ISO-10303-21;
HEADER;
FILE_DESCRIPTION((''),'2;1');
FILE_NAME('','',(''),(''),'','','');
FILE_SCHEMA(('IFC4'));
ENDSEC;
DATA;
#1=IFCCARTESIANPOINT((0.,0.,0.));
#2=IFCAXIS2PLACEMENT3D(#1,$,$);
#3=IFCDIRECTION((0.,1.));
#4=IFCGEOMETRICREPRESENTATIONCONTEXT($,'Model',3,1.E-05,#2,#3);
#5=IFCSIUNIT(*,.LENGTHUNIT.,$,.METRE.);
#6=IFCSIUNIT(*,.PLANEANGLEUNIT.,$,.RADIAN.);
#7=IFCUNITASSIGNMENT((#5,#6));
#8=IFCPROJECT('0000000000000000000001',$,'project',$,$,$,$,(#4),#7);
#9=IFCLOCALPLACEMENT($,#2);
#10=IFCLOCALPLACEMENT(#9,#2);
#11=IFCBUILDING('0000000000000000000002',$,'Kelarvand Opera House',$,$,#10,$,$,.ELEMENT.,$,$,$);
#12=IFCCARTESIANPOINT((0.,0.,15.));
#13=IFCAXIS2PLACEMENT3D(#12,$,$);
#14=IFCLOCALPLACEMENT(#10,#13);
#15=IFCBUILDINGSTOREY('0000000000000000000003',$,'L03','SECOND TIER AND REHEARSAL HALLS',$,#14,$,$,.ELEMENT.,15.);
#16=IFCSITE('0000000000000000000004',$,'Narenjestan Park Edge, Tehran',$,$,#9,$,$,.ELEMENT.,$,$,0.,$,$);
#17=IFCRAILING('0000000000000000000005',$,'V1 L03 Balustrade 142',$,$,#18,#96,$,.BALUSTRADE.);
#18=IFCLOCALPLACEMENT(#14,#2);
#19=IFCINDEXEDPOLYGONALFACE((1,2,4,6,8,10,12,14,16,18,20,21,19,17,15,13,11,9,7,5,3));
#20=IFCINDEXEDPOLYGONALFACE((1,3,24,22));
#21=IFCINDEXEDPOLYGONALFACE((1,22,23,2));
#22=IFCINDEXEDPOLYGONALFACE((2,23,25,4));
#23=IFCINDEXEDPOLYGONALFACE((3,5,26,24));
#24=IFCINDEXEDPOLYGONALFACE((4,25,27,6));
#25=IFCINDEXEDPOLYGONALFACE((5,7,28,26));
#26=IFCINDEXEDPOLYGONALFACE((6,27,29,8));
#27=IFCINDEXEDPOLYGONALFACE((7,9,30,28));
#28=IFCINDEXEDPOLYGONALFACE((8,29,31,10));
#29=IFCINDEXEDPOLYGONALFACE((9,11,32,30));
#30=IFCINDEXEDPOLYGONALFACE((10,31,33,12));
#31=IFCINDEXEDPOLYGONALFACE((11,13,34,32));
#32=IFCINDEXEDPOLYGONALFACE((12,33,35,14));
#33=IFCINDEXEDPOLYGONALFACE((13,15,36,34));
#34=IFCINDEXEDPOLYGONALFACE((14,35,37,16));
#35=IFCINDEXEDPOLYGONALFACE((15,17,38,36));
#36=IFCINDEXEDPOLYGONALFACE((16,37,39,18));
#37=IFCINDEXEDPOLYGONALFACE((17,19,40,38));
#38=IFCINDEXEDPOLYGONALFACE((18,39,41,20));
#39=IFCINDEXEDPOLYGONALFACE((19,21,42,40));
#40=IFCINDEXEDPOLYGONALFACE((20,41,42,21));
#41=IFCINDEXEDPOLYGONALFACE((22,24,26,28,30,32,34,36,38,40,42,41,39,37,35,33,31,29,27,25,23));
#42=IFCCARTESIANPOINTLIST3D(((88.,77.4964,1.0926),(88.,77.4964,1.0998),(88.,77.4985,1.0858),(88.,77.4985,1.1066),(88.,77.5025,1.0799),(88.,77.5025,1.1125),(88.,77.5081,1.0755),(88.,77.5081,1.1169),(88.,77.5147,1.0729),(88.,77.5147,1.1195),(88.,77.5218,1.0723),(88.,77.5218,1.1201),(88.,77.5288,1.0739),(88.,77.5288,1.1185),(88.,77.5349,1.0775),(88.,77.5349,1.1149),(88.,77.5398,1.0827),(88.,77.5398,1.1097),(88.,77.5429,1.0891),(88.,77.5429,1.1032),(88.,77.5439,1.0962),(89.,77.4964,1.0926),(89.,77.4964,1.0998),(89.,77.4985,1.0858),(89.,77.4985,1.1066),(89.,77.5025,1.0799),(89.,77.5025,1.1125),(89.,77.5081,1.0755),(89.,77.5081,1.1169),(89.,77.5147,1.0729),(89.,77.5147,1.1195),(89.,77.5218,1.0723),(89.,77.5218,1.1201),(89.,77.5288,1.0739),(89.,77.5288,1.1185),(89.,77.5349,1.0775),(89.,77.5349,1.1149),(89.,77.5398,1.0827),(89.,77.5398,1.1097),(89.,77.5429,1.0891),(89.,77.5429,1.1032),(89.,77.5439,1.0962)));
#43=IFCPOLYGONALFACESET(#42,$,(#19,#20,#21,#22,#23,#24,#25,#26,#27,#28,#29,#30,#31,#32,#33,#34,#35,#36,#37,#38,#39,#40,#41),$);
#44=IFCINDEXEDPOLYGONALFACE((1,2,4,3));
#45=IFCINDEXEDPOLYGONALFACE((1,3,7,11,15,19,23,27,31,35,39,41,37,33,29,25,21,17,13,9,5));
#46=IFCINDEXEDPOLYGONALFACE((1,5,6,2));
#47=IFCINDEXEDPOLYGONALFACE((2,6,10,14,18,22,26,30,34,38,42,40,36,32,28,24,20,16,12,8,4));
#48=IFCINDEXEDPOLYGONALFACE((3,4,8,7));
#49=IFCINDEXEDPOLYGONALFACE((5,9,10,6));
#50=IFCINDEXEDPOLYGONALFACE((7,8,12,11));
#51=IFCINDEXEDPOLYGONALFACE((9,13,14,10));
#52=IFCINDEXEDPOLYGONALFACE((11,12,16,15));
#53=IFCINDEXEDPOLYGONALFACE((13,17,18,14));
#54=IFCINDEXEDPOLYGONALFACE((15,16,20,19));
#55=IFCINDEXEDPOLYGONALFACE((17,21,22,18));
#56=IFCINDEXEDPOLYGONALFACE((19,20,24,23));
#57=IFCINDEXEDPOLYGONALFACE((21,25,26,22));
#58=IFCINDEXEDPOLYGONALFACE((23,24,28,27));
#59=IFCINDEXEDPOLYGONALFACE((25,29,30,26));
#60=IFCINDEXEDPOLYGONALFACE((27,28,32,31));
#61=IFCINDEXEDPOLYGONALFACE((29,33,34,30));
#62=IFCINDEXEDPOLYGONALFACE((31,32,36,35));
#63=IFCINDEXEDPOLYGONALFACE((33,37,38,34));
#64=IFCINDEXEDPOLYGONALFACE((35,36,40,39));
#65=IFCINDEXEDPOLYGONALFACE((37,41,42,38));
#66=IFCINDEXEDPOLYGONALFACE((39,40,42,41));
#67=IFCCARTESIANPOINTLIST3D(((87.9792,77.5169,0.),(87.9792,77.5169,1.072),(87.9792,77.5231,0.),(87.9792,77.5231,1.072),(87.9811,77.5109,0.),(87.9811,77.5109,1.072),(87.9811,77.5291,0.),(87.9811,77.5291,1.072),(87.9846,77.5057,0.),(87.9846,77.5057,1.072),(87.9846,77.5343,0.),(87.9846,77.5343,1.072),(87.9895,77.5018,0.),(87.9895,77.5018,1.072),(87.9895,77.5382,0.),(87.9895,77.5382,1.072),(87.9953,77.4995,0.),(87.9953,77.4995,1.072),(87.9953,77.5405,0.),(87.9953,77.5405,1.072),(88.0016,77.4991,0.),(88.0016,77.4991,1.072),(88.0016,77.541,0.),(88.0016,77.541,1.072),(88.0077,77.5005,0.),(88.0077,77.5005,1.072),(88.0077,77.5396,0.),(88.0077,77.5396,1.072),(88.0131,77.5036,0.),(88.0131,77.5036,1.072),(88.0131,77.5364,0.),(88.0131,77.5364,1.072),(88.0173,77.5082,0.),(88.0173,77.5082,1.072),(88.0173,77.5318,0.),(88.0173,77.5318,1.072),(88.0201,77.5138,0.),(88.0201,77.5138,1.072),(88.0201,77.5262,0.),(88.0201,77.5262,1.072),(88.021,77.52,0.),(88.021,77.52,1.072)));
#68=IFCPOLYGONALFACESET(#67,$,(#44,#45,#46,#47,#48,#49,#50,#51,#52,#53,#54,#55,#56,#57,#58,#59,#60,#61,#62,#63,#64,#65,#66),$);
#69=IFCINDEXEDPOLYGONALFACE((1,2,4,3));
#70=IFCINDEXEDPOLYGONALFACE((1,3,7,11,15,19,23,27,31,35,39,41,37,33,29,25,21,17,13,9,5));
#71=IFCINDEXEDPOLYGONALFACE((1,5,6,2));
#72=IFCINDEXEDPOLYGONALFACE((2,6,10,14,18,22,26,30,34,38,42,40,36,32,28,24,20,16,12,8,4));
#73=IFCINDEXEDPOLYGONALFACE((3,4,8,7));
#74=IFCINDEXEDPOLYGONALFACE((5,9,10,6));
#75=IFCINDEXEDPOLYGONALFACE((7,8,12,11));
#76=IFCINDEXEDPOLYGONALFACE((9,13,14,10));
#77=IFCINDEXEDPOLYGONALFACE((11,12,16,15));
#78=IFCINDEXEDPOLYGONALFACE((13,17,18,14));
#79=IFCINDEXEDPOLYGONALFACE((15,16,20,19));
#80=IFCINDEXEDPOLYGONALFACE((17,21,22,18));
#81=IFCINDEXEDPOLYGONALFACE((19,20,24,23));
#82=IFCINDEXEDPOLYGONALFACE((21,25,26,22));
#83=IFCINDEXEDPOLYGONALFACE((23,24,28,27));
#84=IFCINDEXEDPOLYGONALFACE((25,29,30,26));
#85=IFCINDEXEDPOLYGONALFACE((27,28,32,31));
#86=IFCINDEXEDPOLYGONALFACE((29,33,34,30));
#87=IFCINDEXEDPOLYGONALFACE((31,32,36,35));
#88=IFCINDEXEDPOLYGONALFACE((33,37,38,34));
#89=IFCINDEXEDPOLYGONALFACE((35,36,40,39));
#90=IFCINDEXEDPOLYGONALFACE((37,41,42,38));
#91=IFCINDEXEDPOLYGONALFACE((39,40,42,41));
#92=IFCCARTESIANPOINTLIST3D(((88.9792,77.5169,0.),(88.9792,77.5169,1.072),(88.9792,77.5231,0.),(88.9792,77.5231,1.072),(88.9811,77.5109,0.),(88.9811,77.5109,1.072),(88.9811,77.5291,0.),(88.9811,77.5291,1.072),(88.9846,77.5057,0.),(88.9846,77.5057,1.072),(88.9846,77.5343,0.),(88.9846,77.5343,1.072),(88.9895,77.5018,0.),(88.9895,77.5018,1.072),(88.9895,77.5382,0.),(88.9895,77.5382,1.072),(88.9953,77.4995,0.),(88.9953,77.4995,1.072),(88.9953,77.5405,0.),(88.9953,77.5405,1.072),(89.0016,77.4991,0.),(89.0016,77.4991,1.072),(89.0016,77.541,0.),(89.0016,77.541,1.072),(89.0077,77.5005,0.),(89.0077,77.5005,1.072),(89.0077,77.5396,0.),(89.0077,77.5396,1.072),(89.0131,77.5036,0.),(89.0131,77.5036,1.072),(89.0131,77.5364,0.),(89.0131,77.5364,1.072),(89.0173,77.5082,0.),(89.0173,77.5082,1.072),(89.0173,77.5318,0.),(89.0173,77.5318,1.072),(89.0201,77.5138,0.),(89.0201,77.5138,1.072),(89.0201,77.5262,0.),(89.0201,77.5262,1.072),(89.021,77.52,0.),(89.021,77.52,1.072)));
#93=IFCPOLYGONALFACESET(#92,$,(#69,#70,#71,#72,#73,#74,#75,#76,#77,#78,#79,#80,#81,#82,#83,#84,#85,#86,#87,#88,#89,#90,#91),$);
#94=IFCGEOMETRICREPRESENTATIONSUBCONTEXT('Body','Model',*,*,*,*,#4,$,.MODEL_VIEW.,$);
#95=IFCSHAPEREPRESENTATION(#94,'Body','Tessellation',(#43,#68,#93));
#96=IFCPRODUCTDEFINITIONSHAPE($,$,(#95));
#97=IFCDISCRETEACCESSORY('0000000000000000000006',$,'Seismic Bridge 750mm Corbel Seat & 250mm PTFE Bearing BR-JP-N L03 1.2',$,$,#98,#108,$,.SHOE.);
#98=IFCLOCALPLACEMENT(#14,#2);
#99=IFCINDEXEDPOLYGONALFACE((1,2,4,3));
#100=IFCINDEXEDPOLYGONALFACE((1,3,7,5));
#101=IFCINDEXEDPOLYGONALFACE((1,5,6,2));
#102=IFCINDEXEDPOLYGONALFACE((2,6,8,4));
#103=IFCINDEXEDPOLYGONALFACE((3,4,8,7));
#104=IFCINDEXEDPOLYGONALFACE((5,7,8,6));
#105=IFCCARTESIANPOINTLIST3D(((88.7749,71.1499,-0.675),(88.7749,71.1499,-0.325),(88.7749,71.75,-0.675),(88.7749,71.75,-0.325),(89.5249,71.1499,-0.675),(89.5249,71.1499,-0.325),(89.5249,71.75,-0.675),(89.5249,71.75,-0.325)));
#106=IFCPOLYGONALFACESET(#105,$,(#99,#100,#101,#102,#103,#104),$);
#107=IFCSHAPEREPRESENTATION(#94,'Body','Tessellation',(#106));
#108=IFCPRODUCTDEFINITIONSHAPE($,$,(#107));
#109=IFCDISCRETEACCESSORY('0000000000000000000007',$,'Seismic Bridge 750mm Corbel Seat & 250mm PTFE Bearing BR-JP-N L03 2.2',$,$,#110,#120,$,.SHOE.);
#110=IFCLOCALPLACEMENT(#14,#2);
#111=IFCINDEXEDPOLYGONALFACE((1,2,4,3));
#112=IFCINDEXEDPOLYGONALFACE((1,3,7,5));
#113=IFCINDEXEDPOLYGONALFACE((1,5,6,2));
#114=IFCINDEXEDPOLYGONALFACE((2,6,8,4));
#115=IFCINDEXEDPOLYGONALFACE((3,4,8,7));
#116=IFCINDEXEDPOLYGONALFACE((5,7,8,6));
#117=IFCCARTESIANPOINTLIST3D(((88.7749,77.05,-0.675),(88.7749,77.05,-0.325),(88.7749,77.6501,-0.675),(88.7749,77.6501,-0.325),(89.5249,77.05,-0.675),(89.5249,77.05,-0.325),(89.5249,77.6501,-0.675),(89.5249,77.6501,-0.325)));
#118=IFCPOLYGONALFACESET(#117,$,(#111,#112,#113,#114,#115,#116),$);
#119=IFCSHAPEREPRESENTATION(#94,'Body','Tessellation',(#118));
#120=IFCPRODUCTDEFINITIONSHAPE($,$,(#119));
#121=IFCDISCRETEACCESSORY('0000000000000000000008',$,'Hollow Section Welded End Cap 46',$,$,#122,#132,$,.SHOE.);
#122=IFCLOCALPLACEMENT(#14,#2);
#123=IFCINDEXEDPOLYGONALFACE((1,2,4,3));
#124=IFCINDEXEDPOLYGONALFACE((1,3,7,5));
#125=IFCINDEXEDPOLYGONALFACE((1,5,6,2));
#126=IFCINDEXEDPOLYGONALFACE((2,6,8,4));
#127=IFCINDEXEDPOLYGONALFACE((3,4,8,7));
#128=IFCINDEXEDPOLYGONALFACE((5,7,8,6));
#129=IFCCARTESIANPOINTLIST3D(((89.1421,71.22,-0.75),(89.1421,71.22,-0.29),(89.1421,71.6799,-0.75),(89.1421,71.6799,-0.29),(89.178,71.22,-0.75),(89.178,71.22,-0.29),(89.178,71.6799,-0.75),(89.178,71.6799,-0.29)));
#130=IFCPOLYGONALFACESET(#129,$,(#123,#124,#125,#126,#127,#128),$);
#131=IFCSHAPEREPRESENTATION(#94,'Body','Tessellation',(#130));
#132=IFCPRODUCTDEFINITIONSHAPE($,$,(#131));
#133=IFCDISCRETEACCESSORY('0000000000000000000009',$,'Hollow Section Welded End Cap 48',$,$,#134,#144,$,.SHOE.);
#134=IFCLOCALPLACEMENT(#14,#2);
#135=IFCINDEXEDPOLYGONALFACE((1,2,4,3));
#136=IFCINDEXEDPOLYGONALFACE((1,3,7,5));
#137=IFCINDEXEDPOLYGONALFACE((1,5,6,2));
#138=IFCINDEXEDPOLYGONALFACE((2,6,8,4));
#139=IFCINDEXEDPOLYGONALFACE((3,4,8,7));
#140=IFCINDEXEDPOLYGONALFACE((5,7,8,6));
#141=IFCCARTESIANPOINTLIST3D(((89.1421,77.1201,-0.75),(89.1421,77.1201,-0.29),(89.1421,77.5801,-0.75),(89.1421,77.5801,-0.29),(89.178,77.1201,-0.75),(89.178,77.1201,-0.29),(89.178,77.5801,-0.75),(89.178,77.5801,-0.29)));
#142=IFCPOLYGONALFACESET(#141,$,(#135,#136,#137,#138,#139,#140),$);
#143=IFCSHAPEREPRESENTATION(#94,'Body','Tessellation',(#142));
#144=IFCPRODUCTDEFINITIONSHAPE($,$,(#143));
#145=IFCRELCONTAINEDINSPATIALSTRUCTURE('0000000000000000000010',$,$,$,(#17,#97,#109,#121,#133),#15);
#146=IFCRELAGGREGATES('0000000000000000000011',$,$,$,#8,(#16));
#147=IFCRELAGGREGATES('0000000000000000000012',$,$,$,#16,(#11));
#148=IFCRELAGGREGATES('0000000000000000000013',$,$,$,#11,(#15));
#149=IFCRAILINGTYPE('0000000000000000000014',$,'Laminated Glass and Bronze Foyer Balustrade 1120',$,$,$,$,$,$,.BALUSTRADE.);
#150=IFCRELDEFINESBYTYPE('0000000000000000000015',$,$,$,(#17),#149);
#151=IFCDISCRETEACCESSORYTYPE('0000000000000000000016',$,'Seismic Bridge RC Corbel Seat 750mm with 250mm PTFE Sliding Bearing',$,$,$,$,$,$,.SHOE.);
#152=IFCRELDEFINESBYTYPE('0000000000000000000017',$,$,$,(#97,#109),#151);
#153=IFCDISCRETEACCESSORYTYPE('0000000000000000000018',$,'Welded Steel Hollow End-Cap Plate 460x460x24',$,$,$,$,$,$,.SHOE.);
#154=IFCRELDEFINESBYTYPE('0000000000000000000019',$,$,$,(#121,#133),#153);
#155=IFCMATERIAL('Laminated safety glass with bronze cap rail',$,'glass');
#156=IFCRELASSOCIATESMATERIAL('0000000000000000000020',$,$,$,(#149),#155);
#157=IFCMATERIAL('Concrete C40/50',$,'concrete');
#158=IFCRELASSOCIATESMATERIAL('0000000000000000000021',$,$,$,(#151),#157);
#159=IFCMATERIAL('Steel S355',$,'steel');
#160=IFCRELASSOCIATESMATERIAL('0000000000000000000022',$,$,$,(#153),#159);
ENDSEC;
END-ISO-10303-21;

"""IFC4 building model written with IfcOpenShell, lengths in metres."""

from ifc_helpers import new_model, si_unit, direction, frame, origin, origin_2d, place, context, subcontext, project, spatial, rectangle, circle, extrude, material, material_profile, profile_set, type_object, element, save


model = new_model("IFC4")

# Units and contexts
model_context = context("Model", 3, precision=1e-05, world=origin(), true_north=direction((0.0, 1.0)))
body_context = subcontext(model_context, "Body", "Model", "MODEL_VIEW")
ifc_project = project(units=[si_unit("LENGTHUNIT", "METRE"), si_unit("PLANEANGLEUNIT", "RADIAN")], contexts=[model_context])

# Site, building, storey
site_placement = place(None, origin())
site = spatial("IfcSite", under=ifc_project, at=site_placement, Name="Narenjestan Park Edge, Tehran", CompositionType="ELEMENT", RefElevation=0.0)
building_placement = place(site_placement, origin())
building = spatial("IfcBuilding", under=site, at=building_placement, Name="Kelarvand Opera House", CompositionType="ELEMENT")
storey_placement = place(building_placement, frame((0.0, 0.0, 15.0)))
storey = spatial("IfcBuildingStorey", under=building, at=storey_placement, Name="L03", Description="SECOND TIER AND REHEARSAL HALLS", CompositionType="ELEMENT", Elevation=15.0)

# Shared definitions
ifc_material_1 = material(Name="Concrete C40/50", Category="concrete")

# Shared definitions
ifc_material_2 = material(Name="Steel S355", Category="steel")

# Railing
ifc_material_3 = material(Name="Laminated safety glass with bronze cap rail", Category="glass")
railing_type = type_object("IfcRailingType", Name="Laminated Glass and Bronze Foyer Balustrade 1120", PredefinedType="BALUSTRADE", material=ifc_material_3)
railing_1_placement = place(storey_placement, frame((88.0, 77.52, 0.0)))
element("IfcRailing", 1, at=railing_1_placement, inside=storey, type_object=railing_type, Name="V1 L03 Balustrade 142", PredefinedType="BALUSTRADE", context=body_context, shape_type="SweptSolid", body=[
    extrude(circle(Radius=0.0239, at=origin_2d()), frame((0.0, 0.0, 1.0962), z_axis=(1.0, 0.0, 0.0), x_axis=(0.0, 1.0, 0.0)), (0.0, 0.0, 1.0), 1.0),
    extrude(circle(Radius=0.021, at=origin_2d()), origin(), (0.0, 0.0, 1.0), 1.072),
    extrude(circle(Radius=0.021, at=origin_2d()), frame((1.0, 0.0, 0.0)), (0.0, 0.0, 1.0), 1.072),
])

# Discrete accessories
discrete_accessory_type_1 = type_object("IfcDiscreteAccessoryType", Name="Seismic Bridge RC Corbel Seat 750mm with 250mm PTFE Sliding Bearing", PredefinedType="SHOE", material=ifc_material_1)
for number, where, z_axis, x_axis, name in (
    (2, (89.1499, 71.45, -0.675), (0.0, 0.0, 1.0), (1.0, 0.0, 0.0), "Seismic Bridge 750mm Corbel Seat & 250mm PTFE Bearing BR-JP-N L03 1.2"),
    (3, (89.1499, 77.3501, -0.675), (0.0, 0.0, 1.0), (1.0, 0.0, 0.0), "Seismic Bridge 750mm Corbel Seat & 250mm PTFE Bearing BR-JP-N L03 2.2"),
):
    element("IfcDiscreteAccessory", number, at=place(storey_placement, frame(where, z_axis=z_axis, x_axis=x_axis)), inside=storey, type_object=discrete_accessory_type_1, Name=name, PredefinedType="SHOE", context=body_context, shape_type="SweptSolid", body=[
        extrude(rectangle(XDim=0.75, YDim=0.6001, at=origin_2d()), origin(), (0.0, 0.0, 1.0), 0.3501),
    ])
ifc_material_profile_1 = material_profile(ifc_material_2, rectangle(XDim=0.46, YDim=0.46, at=origin_2d()), Name="Welded Steel Hollow End-Cap Plate 460x460x24", Category="steel")
ifc_profile_set_1 = profile_set([ifc_material_profile_1], Name="Steel S355")
discrete_accessory_type_2 = type_object("IfcDiscreteAccessoryType", Name="Welded Steel Hollow End-Cap Plate 460x460x24", PredefinedType="SHOE", material=ifc_profile_set_1)
for number, where, z_axis, x_axis, name in (
    (4, (89.1421, 71.45, -0.52), (1.0, 0.0, 0.0), (0.0, 1.0, 0.0), "Hollow Section Welded End Cap 46"),
    (5, (89.1421, 77.3501, -0.52), (1.0, 0.0, 0.0), (0.0, 1.0, 0.0), "Hollow Section Welded End Cap 48"),
):
    element("IfcDiscreteAccessory", number, at=place(storey_placement, frame(where, z_axis=z_axis, x_axis=x_axis)), inside=storey, type_object=discrete_accessory_type_2, Name=name, PredefinedType="SHOE", context=body_context, shape_type="SweptSolid", body=[
        extrude(rectangle(XDim=0.46, YDim=0.46, at=origin_2d()), origin(), (0.0, 0.0, 1.0), 0.0359),
    ])

save(model, "model.ifc")
